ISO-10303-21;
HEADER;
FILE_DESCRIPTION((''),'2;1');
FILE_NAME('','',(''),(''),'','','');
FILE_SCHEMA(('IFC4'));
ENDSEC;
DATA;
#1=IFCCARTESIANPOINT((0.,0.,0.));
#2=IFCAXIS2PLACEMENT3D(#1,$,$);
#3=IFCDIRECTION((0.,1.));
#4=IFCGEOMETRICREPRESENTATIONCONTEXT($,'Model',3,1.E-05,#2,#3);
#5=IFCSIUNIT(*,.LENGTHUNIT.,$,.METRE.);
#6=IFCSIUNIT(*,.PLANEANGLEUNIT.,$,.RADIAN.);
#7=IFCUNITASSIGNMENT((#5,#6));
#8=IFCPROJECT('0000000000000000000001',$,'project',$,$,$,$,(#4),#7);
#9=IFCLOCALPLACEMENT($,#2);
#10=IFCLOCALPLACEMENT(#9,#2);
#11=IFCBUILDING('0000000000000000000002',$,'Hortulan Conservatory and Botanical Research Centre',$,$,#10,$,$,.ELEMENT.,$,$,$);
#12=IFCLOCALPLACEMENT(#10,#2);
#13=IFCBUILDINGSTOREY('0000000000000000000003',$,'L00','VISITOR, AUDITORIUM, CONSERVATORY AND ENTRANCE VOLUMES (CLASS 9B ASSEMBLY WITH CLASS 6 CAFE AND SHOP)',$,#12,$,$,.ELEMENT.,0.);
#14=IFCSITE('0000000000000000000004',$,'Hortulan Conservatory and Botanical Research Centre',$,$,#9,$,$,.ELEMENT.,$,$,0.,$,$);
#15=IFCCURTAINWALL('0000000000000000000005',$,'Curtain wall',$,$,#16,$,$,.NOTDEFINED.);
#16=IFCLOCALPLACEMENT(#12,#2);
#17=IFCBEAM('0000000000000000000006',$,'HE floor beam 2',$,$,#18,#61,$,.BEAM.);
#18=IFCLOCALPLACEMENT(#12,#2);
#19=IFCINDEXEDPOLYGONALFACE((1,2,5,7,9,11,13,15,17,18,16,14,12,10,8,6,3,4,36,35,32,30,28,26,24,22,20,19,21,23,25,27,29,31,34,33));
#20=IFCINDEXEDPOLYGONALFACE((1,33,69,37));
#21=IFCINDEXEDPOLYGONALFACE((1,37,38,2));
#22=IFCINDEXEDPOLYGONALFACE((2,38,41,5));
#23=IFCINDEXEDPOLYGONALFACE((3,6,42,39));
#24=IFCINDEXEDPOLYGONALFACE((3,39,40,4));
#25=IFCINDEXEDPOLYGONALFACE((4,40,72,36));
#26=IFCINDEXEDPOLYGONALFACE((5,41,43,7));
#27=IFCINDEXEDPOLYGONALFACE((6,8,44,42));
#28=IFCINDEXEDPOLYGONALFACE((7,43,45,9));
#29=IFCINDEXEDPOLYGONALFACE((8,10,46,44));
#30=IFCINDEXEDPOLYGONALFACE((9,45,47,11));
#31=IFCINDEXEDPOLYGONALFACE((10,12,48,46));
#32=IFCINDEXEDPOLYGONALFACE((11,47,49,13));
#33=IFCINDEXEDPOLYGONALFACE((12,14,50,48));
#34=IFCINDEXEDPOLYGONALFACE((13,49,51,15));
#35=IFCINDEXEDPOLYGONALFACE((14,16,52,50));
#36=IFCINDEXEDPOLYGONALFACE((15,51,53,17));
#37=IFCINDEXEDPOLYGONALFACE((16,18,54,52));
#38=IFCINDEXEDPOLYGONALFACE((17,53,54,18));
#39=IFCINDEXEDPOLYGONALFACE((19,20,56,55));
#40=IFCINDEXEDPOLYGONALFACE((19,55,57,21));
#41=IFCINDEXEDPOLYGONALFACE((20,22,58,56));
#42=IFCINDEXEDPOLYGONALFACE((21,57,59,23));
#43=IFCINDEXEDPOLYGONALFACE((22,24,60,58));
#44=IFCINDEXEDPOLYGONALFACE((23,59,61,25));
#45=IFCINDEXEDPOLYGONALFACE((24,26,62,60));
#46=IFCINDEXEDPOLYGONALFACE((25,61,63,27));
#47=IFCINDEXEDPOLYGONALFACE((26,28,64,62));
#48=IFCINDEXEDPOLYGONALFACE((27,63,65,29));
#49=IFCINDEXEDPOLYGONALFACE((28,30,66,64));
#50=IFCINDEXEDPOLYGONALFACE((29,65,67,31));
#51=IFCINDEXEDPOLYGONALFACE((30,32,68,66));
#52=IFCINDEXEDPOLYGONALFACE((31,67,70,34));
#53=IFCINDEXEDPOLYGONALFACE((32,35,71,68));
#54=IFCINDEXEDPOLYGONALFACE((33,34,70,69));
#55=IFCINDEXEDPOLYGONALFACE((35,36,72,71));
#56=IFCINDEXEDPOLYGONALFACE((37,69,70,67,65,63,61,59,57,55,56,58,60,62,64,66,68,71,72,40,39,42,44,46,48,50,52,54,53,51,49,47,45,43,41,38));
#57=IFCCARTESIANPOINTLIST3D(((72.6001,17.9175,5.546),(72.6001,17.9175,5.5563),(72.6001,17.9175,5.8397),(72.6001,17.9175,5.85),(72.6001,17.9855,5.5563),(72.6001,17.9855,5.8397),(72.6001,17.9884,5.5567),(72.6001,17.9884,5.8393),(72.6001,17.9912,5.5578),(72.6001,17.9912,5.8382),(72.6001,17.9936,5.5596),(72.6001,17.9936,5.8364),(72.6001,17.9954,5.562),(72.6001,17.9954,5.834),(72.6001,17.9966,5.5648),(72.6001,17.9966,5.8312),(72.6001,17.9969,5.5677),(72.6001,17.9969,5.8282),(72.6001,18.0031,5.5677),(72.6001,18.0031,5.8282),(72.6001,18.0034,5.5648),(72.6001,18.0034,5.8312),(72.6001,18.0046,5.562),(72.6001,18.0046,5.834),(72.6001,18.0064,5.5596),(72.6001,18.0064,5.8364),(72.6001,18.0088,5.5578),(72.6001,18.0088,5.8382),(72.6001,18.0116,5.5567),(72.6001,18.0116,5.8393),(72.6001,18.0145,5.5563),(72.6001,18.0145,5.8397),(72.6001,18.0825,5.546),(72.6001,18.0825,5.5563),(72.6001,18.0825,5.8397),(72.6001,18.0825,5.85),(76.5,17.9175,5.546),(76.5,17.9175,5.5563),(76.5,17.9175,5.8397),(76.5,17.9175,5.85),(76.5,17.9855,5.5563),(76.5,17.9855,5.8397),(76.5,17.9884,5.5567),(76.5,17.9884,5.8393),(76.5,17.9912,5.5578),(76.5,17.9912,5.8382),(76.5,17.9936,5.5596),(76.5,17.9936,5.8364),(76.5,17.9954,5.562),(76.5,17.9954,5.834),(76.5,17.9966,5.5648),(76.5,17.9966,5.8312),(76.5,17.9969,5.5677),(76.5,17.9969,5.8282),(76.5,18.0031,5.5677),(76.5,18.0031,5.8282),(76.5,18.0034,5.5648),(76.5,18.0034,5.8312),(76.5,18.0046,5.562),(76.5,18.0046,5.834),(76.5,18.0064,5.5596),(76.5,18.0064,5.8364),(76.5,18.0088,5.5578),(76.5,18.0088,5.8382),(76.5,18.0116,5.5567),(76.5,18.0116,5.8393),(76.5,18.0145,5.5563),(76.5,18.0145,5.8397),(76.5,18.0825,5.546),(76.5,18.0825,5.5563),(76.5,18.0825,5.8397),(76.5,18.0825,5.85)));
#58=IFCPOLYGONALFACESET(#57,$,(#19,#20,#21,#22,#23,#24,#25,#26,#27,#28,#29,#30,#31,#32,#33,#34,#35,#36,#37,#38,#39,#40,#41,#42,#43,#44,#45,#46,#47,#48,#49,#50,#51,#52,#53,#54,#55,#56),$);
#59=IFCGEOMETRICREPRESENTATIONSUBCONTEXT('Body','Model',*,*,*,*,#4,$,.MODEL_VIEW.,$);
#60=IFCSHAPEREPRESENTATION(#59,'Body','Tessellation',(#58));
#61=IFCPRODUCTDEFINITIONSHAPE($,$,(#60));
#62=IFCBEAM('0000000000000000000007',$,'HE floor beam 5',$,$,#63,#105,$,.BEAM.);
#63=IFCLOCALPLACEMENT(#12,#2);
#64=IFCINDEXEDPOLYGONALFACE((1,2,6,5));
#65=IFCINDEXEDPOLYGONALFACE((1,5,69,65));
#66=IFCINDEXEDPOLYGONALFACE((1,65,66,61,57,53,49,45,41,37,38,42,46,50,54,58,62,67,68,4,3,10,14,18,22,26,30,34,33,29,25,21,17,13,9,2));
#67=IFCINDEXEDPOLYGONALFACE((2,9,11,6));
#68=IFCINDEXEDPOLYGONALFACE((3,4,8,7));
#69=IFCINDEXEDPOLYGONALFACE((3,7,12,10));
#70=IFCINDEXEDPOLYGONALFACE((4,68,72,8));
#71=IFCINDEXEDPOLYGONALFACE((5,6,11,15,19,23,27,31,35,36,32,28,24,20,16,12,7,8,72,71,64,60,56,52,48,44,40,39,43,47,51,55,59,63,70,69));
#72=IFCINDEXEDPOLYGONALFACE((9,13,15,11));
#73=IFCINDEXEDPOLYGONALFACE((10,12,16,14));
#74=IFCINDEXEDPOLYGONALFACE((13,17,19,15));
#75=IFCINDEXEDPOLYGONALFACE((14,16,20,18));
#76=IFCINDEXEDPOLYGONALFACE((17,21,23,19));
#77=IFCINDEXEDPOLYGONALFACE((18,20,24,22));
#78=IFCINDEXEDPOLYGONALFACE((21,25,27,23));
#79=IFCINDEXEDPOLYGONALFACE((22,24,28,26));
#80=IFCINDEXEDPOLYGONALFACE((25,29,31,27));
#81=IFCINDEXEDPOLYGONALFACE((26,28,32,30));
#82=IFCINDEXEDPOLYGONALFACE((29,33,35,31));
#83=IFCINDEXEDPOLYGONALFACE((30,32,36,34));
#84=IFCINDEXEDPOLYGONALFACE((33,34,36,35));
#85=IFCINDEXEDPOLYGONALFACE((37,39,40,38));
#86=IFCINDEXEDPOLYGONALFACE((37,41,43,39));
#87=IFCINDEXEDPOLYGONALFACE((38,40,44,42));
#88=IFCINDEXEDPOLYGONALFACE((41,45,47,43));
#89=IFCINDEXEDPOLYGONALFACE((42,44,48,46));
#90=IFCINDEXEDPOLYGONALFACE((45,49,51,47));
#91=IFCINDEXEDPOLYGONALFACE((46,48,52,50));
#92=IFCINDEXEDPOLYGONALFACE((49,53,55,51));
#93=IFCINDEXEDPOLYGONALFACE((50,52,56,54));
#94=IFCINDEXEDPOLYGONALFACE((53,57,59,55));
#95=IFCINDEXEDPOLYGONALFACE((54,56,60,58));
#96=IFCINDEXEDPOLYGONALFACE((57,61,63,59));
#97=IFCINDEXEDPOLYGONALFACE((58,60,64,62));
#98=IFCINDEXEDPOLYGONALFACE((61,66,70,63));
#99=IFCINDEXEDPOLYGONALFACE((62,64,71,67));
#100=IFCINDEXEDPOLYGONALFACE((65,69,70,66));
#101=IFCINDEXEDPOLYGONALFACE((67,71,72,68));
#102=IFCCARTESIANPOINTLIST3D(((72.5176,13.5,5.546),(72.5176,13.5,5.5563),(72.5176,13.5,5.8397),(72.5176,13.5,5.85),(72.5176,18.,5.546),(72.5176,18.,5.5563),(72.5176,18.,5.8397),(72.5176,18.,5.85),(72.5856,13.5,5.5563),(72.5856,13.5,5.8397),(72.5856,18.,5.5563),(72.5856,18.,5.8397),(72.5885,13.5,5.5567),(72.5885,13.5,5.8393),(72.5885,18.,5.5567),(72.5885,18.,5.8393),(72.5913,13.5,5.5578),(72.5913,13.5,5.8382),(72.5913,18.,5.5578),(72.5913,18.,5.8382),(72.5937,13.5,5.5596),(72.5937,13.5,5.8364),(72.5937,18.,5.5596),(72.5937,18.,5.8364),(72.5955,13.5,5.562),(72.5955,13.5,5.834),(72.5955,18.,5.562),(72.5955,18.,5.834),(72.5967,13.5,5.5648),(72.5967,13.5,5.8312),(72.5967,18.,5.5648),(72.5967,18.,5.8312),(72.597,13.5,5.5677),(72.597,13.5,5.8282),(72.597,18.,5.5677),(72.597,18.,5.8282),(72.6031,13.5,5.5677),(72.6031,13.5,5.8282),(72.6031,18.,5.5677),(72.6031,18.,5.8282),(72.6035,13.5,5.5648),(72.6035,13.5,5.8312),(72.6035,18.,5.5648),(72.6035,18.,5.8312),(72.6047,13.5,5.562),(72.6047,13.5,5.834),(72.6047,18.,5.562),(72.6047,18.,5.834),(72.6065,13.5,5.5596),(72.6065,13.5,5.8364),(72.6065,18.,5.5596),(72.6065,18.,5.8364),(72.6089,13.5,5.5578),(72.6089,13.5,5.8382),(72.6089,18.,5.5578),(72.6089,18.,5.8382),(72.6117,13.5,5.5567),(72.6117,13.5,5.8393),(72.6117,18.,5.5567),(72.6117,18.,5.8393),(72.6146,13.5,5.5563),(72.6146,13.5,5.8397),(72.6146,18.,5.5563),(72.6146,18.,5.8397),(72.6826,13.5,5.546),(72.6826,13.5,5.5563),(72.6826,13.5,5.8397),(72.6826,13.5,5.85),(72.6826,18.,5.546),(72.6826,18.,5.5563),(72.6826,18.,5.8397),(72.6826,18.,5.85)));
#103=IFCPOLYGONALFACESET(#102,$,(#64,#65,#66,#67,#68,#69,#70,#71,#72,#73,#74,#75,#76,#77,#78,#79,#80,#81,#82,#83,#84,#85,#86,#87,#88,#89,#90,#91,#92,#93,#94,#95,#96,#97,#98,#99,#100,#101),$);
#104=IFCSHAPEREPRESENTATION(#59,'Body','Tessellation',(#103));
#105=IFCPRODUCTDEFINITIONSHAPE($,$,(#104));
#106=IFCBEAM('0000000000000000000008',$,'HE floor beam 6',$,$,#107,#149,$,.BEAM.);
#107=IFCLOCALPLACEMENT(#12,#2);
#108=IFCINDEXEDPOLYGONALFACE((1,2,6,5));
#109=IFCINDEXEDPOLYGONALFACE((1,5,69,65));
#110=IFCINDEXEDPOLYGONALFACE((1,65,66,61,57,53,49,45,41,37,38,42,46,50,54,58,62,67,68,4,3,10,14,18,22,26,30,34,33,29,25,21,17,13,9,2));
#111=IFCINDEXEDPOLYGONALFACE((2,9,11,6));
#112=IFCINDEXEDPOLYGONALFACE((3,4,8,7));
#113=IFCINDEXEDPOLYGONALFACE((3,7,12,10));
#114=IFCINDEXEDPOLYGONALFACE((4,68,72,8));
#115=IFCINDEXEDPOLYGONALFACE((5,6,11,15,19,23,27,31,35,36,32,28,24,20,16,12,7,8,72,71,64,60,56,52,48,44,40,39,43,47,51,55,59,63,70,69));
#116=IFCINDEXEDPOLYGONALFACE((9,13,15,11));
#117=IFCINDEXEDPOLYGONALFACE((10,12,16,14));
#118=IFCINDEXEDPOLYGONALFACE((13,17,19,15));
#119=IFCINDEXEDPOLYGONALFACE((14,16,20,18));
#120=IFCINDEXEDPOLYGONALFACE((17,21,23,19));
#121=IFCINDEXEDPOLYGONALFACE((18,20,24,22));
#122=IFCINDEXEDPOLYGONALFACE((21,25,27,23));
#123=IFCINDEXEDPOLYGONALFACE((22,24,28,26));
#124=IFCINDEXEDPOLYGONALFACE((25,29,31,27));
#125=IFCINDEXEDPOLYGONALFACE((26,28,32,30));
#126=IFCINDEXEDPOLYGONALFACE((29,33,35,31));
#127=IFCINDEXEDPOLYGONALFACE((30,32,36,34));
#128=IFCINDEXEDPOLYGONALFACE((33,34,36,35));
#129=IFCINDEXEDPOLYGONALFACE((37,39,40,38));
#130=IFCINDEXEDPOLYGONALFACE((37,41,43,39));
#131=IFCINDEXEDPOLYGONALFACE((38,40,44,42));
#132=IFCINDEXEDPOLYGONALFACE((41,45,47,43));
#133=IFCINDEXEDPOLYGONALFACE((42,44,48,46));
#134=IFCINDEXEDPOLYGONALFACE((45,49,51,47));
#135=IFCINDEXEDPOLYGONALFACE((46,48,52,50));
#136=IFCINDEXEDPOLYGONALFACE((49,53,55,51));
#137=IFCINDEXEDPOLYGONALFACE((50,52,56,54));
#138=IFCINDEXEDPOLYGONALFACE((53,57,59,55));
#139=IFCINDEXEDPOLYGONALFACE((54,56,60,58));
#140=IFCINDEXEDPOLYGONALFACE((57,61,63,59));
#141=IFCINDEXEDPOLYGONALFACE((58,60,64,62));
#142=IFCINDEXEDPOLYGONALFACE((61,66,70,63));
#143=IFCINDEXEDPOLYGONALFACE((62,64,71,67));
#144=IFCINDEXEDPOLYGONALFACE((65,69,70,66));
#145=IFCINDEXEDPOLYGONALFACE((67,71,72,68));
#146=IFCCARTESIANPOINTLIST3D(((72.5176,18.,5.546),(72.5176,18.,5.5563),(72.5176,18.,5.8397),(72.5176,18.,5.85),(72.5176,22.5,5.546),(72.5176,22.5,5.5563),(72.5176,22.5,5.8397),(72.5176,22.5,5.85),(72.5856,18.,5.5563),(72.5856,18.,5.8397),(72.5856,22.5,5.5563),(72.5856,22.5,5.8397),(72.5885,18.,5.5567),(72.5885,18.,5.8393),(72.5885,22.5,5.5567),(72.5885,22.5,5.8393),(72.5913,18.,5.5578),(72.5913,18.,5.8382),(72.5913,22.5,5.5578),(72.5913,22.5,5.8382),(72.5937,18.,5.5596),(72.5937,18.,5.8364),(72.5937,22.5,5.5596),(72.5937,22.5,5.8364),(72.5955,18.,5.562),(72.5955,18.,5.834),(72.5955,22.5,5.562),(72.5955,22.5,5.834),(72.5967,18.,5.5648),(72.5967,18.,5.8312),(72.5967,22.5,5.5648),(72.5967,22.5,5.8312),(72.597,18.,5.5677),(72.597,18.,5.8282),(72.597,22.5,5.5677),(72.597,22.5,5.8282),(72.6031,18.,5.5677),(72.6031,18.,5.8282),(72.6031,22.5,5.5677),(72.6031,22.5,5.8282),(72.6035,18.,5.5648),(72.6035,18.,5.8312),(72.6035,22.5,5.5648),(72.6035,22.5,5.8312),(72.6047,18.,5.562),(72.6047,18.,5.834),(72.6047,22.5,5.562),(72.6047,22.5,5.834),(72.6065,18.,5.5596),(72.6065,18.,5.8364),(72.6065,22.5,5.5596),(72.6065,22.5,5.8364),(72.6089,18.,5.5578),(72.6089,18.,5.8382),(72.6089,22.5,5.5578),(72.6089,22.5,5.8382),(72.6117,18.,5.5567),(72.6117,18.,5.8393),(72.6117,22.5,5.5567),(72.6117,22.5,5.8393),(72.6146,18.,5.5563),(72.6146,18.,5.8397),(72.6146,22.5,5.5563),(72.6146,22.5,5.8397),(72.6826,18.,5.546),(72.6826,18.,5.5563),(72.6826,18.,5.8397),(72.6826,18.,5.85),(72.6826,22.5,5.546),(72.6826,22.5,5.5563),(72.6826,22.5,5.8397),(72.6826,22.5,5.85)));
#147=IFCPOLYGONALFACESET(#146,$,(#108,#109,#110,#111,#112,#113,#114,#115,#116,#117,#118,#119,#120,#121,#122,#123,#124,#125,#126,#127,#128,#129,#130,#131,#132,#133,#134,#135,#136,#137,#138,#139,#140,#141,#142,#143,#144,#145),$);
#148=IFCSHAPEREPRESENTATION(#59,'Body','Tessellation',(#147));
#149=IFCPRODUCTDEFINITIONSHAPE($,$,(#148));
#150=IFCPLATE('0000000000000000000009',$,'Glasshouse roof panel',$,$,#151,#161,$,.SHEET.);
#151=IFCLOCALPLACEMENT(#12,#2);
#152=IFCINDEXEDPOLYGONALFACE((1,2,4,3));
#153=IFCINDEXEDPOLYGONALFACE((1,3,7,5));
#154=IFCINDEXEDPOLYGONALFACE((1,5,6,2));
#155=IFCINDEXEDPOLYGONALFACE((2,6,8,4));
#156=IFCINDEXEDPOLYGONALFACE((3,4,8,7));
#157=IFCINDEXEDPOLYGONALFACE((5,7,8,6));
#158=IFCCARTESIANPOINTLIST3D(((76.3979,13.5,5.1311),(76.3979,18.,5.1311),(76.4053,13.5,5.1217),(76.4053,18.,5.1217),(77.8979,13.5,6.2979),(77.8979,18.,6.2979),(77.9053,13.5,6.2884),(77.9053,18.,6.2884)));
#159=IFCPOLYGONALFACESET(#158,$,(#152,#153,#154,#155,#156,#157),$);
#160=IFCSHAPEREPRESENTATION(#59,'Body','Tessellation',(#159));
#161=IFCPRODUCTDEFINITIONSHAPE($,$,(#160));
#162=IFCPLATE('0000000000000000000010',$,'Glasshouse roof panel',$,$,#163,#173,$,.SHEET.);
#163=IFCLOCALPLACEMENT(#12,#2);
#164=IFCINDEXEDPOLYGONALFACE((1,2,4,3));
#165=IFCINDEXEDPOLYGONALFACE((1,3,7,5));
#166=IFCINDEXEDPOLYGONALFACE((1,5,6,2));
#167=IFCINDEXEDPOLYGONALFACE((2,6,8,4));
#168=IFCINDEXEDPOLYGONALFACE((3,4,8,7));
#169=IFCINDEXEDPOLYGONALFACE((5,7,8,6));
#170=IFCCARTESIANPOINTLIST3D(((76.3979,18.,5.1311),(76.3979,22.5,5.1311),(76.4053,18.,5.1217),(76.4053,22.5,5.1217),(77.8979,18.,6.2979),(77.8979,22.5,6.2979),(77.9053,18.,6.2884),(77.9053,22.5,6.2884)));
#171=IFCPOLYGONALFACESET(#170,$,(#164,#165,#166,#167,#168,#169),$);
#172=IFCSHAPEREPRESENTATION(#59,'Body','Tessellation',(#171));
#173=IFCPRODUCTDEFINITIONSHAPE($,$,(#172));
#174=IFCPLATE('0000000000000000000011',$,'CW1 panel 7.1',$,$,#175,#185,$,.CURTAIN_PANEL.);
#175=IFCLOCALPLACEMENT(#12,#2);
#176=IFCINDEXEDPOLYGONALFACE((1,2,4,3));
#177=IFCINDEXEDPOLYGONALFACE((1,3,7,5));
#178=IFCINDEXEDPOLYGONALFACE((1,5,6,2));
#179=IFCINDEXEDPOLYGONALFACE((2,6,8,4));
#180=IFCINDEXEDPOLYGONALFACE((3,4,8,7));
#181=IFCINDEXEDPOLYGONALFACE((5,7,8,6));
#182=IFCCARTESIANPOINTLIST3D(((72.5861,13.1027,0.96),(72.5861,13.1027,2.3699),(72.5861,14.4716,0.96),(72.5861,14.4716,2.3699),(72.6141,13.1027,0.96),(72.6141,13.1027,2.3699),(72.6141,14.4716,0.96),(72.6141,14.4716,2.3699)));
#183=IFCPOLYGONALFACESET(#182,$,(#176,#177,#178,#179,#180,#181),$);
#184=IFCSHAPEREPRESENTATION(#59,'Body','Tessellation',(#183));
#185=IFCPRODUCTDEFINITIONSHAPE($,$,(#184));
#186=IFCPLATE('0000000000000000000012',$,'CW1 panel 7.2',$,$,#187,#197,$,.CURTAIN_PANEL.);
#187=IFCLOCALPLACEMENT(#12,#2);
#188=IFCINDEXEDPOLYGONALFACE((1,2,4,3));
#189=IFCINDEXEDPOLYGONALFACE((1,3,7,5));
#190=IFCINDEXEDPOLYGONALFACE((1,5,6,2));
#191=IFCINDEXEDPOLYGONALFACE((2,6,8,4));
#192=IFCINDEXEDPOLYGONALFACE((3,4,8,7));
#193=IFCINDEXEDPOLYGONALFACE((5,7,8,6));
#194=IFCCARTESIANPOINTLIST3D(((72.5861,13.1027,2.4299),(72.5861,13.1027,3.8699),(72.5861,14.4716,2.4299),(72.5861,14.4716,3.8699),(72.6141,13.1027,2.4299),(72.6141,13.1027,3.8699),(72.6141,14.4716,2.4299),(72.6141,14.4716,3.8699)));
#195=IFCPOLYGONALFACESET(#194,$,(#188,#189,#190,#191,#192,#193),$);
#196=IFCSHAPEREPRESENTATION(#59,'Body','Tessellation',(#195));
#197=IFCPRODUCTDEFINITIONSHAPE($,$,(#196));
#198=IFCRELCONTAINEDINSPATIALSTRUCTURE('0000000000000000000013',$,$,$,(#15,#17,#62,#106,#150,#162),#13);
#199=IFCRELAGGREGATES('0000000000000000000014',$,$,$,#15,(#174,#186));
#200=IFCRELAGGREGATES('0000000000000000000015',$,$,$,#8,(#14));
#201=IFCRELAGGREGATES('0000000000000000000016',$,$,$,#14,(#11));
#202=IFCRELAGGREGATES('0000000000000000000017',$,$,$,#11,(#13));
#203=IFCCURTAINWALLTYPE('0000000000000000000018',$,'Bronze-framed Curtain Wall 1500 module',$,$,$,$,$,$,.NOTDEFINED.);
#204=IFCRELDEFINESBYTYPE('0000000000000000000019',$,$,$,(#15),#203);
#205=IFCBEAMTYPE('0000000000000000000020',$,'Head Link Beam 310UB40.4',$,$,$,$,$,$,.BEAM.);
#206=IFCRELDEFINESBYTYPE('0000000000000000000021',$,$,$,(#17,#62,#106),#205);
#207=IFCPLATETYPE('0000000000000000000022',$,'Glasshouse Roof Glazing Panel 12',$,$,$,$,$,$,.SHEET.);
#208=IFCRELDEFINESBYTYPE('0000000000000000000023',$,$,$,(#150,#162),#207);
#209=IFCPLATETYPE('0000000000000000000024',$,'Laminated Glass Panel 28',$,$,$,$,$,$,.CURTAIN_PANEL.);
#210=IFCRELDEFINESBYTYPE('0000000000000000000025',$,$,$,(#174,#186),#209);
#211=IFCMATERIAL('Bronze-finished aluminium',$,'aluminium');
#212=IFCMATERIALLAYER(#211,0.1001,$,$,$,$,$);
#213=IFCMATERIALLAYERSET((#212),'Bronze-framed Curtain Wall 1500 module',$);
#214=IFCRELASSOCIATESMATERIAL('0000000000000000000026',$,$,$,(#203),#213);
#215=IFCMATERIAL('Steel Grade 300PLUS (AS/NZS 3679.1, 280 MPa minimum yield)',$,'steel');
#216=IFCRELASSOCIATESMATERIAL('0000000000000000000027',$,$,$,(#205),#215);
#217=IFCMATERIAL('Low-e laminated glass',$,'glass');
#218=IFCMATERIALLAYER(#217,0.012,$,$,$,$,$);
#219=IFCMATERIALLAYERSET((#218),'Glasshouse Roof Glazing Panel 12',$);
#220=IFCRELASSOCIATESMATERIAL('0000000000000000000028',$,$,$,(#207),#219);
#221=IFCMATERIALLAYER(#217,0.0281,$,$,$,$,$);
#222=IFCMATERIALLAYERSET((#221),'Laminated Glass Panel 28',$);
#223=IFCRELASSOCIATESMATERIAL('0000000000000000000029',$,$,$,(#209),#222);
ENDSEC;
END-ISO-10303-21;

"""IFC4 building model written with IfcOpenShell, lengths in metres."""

from ifc_helpers import new_model, si_unit, direction, frame, origin, origin_2d, place, context, subcontext, project, spatial, polyline, rectangle, i_section, outline, extrude, material, layer, layer_set, material_profile, profile_set, type_object, element, aggregate, save


model = new_model("IFC4")

# Units and contexts
model_context = context("Model", 3, precision=1e-05, world=origin(), true_north=direction((0.0, 1.0)))
body_context = subcontext(model_context, "Body", "Model", "MODEL_VIEW")
ifc_project = project(units=[si_unit("LENGTHUNIT", "METRE"), si_unit("PLANEANGLEUNIT", "RADIAN")], contexts=[model_context])

# Site, building, storey
site_placement = place(None, origin())
site = spatial("IfcSite", under=ifc_project, at=site_placement, Name="Hortulan Conservatory and Botanical Research Centre", CompositionType="ELEMENT", RefElevation=0.0)
building_placement = place(site_placement, origin())
building = spatial("IfcBuilding", under=site, at=building_placement, Name="Hortulan Conservatory and Botanical Research Centre", CompositionType="ELEMENT")
storey_placement = place(building_placement, origin())
storey = spatial("IfcBuildingStorey", under=building, at=storey_placement, Name="L00", Description="VISITOR, AUDITORIUM, CONSERVATORY AND ENTRANCE VOLUMES (CLASS 9B ASSEMBLY WITH CLASS 6 CAFE AND SHOP)", CompositionType="ELEMENT", Elevation=0.0)

# Curtain wall
ifc_material_1 = material(Name="Bronze-finished aluminium", Category="aluminium")
ifc_layer_1 = layer(ifc_material_1, 0.1001)
ifc_layer_set_1 = layer_set([ifc_layer_1], Name="Bronze-framed Curtain Wall 1500 module")
curtain_wall_type = type_object("IfcCurtainWallType", Name="Bronze-framed Curtain Wall 1500 module", PredefinedType="NOTDEFINED", material=ifc_layer_set_1)
curtain_wall_1_placement = place(storey_placement, origin())
curtain_wall_1 = element("IfcCurtainWall", 1, at=curtain_wall_1_placement, inside=storey, type_object=curtain_wall_type, Name="Curtain wall", PredefinedType="NOTDEFINED")

# Beams
ifc_material_2 = material(Name="Steel Grade 300PLUS (AS/NZS 3679.1, 280 MPa minimum yield)", Category="steel")
ifc_material_profile_1 = material_profile(ifc_material_2, i_section(OverallWidth=0.165, OverallDepth=0.304, WebThickness=0.0061, FlangeThickness=0.0103, FilletRadius=0.0115, at=origin_2d()), Name="310UB40.4")
ifc_profile_set_1 = profile_set([ifc_material_profile_1], Name="Steel Grade 300PLUS (AS/NZS 3679.1, 280 MPa minimum yield)")
beam_type_1 = type_object("IfcBeamType", Name="Head Link Beam 310UB40.4", PredefinedType="BEAM", material=ifc_profile_set_1)
beam_1_placement = place(storey_placement, frame((72.6001, 18.0, 5.698), z_axis=(1.0, 0.0, 0.0), x_axis=(0.0, 1.0, 0.0)))
element("IfcBeam", 2, at=beam_1_placement, inside=storey, type_object=beam_type_1, Name="HE floor beam 2", PredefinedType="BEAM", context=body_context, shape_type="SweptSolid", body=[
    extrude(i_section(OverallWidth=0.165, OverallDepth=0.304, WebThickness=0.0061, FlangeThickness=0.0103, FilletRadius=0.0115, at=origin_2d()), origin(), (0.0, 0.0, 1.0), 3.8999),
])
for number, where, z_axis, x_axis, name in (
    (3, (72.6001, 13.5, 5.698), (0.0, 1.0, 0.0), (-1.0, 0.0, 0.0), "HE floor beam 5"),
    (4, (72.6001, 18.0, 5.698), (0.0, 1.0, 0.0), (-1.0, 0.0, 0.0), "HE floor beam 6"),
):
    element("IfcBeam", number, at=place(storey_placement, frame(where, z_axis=z_axis, x_axis=x_axis)), inside=storey, type_object=beam_type_1, Name=name, PredefinedType="BEAM", context=body_context, shape_type="SweptSolid", body=[
        extrude(i_section(OverallWidth=0.165, OverallDepth=0.304, WebThickness=0.0061, FlangeThickness=0.0103, FilletRadius=0.0115, at=origin_2d()), origin(), (0.0, 0.0, 1.0), 4.5),
    ])

# Plates
ifc_material_3 = material(Name="Low-e laminated glass", Category="glass")
ifc_layer_2 = layer(ifc_material_3, 0.012)
ifc_layer_set_2 = layer_set([ifc_layer_2], Name="Glasshouse Roof Glazing Panel 12")
plate_type_1 = type_object("IfcPlateType", Name="Glasshouse Roof Glazing Panel 12", PredefinedType="SHEET", material=ifc_layer_set_2)
for number, where, z_axis, x_axis, name in (
    (5, (76.3979, 13.5, 5.1311), (-0.613967, 0.0, 0.789331), (0.789331, 0.0, 0.613967), "Glasshouse roof panel"),
    (6, (76.3979, 18.0, 5.1311), (-0.613967, 0.0, 0.789331), (0.789331, 0.0, 0.613967), "Glasshouse roof panel"),
):
    element("IfcPlate", number, at=place(storey_placement, frame(where, z_axis=z_axis, x_axis=x_axis)), inside=storey, type_object=plate_type_1, Name=name, PredefinedType="SHEET", context=body_context, shape_type="SweptSolid", body=[
        extrude(outline(polyline([(0.0, 0.0), (1.9003, 0.0), (1.9003, 4.5), (0.0, 4.5), (0.0, 0.0)])), origin(), (0.0, 0.0, -1.0), 0.012),
    ])

# Plates
ifc_layer_3 = layer(ifc_material_3, 0.0281)
ifc_layer_set_3 = layer_set([ifc_layer_3], Name="Laminated Glass Panel 28")
plate_type_2 = type_object("IfcPlateType", Name="Laminated Glass Panel 28", PredefinedType="CURTAIN_PANEL", material=ifc_layer_set_3)
plate_1_placement = place(storey_placement, frame((72.6001, 13.7871, 0.96), z_axis=(0.0, 0.0, 1.0), x_axis=(0.0, 1.0, 0.0)))
plate_1 = element("IfcPlate", 7, at=plate_1_placement, type_object=plate_type_2, Name="CW1 panel 7.1", PredefinedType="CURTAIN_PANEL", context=body_context, shape_type="SweptSolid", body=[
    extrude(rectangle(XDim=1.3689, YDim=0.0281, at=origin_2d()), origin(), (0.0, 0.0, 1.0), 1.4099),
])
plate_2_placement = place(storey_placement, frame((72.6001, 13.7871, 2.4299), z_axis=(0.0, 0.0, 1.0), x_axis=(0.0, 1.0, 0.0)))
plate_2 = element("IfcPlate", 8, at=plate_2_placement, type_object=plate_type_2, Name="CW1 panel 7.2", PredefinedType="CURTAIN_PANEL", context=body_context, shape_type="SweptSolid", body=[
    extrude(rectangle(XDim=1.3689, YDim=0.0281, at=origin_2d()), origin(), (0.0, 0.0, 1.0), 1.4399),
])
aggregate(curtain_wall_1, [plate_1, plate_2])

save(model, "model.ifc")
